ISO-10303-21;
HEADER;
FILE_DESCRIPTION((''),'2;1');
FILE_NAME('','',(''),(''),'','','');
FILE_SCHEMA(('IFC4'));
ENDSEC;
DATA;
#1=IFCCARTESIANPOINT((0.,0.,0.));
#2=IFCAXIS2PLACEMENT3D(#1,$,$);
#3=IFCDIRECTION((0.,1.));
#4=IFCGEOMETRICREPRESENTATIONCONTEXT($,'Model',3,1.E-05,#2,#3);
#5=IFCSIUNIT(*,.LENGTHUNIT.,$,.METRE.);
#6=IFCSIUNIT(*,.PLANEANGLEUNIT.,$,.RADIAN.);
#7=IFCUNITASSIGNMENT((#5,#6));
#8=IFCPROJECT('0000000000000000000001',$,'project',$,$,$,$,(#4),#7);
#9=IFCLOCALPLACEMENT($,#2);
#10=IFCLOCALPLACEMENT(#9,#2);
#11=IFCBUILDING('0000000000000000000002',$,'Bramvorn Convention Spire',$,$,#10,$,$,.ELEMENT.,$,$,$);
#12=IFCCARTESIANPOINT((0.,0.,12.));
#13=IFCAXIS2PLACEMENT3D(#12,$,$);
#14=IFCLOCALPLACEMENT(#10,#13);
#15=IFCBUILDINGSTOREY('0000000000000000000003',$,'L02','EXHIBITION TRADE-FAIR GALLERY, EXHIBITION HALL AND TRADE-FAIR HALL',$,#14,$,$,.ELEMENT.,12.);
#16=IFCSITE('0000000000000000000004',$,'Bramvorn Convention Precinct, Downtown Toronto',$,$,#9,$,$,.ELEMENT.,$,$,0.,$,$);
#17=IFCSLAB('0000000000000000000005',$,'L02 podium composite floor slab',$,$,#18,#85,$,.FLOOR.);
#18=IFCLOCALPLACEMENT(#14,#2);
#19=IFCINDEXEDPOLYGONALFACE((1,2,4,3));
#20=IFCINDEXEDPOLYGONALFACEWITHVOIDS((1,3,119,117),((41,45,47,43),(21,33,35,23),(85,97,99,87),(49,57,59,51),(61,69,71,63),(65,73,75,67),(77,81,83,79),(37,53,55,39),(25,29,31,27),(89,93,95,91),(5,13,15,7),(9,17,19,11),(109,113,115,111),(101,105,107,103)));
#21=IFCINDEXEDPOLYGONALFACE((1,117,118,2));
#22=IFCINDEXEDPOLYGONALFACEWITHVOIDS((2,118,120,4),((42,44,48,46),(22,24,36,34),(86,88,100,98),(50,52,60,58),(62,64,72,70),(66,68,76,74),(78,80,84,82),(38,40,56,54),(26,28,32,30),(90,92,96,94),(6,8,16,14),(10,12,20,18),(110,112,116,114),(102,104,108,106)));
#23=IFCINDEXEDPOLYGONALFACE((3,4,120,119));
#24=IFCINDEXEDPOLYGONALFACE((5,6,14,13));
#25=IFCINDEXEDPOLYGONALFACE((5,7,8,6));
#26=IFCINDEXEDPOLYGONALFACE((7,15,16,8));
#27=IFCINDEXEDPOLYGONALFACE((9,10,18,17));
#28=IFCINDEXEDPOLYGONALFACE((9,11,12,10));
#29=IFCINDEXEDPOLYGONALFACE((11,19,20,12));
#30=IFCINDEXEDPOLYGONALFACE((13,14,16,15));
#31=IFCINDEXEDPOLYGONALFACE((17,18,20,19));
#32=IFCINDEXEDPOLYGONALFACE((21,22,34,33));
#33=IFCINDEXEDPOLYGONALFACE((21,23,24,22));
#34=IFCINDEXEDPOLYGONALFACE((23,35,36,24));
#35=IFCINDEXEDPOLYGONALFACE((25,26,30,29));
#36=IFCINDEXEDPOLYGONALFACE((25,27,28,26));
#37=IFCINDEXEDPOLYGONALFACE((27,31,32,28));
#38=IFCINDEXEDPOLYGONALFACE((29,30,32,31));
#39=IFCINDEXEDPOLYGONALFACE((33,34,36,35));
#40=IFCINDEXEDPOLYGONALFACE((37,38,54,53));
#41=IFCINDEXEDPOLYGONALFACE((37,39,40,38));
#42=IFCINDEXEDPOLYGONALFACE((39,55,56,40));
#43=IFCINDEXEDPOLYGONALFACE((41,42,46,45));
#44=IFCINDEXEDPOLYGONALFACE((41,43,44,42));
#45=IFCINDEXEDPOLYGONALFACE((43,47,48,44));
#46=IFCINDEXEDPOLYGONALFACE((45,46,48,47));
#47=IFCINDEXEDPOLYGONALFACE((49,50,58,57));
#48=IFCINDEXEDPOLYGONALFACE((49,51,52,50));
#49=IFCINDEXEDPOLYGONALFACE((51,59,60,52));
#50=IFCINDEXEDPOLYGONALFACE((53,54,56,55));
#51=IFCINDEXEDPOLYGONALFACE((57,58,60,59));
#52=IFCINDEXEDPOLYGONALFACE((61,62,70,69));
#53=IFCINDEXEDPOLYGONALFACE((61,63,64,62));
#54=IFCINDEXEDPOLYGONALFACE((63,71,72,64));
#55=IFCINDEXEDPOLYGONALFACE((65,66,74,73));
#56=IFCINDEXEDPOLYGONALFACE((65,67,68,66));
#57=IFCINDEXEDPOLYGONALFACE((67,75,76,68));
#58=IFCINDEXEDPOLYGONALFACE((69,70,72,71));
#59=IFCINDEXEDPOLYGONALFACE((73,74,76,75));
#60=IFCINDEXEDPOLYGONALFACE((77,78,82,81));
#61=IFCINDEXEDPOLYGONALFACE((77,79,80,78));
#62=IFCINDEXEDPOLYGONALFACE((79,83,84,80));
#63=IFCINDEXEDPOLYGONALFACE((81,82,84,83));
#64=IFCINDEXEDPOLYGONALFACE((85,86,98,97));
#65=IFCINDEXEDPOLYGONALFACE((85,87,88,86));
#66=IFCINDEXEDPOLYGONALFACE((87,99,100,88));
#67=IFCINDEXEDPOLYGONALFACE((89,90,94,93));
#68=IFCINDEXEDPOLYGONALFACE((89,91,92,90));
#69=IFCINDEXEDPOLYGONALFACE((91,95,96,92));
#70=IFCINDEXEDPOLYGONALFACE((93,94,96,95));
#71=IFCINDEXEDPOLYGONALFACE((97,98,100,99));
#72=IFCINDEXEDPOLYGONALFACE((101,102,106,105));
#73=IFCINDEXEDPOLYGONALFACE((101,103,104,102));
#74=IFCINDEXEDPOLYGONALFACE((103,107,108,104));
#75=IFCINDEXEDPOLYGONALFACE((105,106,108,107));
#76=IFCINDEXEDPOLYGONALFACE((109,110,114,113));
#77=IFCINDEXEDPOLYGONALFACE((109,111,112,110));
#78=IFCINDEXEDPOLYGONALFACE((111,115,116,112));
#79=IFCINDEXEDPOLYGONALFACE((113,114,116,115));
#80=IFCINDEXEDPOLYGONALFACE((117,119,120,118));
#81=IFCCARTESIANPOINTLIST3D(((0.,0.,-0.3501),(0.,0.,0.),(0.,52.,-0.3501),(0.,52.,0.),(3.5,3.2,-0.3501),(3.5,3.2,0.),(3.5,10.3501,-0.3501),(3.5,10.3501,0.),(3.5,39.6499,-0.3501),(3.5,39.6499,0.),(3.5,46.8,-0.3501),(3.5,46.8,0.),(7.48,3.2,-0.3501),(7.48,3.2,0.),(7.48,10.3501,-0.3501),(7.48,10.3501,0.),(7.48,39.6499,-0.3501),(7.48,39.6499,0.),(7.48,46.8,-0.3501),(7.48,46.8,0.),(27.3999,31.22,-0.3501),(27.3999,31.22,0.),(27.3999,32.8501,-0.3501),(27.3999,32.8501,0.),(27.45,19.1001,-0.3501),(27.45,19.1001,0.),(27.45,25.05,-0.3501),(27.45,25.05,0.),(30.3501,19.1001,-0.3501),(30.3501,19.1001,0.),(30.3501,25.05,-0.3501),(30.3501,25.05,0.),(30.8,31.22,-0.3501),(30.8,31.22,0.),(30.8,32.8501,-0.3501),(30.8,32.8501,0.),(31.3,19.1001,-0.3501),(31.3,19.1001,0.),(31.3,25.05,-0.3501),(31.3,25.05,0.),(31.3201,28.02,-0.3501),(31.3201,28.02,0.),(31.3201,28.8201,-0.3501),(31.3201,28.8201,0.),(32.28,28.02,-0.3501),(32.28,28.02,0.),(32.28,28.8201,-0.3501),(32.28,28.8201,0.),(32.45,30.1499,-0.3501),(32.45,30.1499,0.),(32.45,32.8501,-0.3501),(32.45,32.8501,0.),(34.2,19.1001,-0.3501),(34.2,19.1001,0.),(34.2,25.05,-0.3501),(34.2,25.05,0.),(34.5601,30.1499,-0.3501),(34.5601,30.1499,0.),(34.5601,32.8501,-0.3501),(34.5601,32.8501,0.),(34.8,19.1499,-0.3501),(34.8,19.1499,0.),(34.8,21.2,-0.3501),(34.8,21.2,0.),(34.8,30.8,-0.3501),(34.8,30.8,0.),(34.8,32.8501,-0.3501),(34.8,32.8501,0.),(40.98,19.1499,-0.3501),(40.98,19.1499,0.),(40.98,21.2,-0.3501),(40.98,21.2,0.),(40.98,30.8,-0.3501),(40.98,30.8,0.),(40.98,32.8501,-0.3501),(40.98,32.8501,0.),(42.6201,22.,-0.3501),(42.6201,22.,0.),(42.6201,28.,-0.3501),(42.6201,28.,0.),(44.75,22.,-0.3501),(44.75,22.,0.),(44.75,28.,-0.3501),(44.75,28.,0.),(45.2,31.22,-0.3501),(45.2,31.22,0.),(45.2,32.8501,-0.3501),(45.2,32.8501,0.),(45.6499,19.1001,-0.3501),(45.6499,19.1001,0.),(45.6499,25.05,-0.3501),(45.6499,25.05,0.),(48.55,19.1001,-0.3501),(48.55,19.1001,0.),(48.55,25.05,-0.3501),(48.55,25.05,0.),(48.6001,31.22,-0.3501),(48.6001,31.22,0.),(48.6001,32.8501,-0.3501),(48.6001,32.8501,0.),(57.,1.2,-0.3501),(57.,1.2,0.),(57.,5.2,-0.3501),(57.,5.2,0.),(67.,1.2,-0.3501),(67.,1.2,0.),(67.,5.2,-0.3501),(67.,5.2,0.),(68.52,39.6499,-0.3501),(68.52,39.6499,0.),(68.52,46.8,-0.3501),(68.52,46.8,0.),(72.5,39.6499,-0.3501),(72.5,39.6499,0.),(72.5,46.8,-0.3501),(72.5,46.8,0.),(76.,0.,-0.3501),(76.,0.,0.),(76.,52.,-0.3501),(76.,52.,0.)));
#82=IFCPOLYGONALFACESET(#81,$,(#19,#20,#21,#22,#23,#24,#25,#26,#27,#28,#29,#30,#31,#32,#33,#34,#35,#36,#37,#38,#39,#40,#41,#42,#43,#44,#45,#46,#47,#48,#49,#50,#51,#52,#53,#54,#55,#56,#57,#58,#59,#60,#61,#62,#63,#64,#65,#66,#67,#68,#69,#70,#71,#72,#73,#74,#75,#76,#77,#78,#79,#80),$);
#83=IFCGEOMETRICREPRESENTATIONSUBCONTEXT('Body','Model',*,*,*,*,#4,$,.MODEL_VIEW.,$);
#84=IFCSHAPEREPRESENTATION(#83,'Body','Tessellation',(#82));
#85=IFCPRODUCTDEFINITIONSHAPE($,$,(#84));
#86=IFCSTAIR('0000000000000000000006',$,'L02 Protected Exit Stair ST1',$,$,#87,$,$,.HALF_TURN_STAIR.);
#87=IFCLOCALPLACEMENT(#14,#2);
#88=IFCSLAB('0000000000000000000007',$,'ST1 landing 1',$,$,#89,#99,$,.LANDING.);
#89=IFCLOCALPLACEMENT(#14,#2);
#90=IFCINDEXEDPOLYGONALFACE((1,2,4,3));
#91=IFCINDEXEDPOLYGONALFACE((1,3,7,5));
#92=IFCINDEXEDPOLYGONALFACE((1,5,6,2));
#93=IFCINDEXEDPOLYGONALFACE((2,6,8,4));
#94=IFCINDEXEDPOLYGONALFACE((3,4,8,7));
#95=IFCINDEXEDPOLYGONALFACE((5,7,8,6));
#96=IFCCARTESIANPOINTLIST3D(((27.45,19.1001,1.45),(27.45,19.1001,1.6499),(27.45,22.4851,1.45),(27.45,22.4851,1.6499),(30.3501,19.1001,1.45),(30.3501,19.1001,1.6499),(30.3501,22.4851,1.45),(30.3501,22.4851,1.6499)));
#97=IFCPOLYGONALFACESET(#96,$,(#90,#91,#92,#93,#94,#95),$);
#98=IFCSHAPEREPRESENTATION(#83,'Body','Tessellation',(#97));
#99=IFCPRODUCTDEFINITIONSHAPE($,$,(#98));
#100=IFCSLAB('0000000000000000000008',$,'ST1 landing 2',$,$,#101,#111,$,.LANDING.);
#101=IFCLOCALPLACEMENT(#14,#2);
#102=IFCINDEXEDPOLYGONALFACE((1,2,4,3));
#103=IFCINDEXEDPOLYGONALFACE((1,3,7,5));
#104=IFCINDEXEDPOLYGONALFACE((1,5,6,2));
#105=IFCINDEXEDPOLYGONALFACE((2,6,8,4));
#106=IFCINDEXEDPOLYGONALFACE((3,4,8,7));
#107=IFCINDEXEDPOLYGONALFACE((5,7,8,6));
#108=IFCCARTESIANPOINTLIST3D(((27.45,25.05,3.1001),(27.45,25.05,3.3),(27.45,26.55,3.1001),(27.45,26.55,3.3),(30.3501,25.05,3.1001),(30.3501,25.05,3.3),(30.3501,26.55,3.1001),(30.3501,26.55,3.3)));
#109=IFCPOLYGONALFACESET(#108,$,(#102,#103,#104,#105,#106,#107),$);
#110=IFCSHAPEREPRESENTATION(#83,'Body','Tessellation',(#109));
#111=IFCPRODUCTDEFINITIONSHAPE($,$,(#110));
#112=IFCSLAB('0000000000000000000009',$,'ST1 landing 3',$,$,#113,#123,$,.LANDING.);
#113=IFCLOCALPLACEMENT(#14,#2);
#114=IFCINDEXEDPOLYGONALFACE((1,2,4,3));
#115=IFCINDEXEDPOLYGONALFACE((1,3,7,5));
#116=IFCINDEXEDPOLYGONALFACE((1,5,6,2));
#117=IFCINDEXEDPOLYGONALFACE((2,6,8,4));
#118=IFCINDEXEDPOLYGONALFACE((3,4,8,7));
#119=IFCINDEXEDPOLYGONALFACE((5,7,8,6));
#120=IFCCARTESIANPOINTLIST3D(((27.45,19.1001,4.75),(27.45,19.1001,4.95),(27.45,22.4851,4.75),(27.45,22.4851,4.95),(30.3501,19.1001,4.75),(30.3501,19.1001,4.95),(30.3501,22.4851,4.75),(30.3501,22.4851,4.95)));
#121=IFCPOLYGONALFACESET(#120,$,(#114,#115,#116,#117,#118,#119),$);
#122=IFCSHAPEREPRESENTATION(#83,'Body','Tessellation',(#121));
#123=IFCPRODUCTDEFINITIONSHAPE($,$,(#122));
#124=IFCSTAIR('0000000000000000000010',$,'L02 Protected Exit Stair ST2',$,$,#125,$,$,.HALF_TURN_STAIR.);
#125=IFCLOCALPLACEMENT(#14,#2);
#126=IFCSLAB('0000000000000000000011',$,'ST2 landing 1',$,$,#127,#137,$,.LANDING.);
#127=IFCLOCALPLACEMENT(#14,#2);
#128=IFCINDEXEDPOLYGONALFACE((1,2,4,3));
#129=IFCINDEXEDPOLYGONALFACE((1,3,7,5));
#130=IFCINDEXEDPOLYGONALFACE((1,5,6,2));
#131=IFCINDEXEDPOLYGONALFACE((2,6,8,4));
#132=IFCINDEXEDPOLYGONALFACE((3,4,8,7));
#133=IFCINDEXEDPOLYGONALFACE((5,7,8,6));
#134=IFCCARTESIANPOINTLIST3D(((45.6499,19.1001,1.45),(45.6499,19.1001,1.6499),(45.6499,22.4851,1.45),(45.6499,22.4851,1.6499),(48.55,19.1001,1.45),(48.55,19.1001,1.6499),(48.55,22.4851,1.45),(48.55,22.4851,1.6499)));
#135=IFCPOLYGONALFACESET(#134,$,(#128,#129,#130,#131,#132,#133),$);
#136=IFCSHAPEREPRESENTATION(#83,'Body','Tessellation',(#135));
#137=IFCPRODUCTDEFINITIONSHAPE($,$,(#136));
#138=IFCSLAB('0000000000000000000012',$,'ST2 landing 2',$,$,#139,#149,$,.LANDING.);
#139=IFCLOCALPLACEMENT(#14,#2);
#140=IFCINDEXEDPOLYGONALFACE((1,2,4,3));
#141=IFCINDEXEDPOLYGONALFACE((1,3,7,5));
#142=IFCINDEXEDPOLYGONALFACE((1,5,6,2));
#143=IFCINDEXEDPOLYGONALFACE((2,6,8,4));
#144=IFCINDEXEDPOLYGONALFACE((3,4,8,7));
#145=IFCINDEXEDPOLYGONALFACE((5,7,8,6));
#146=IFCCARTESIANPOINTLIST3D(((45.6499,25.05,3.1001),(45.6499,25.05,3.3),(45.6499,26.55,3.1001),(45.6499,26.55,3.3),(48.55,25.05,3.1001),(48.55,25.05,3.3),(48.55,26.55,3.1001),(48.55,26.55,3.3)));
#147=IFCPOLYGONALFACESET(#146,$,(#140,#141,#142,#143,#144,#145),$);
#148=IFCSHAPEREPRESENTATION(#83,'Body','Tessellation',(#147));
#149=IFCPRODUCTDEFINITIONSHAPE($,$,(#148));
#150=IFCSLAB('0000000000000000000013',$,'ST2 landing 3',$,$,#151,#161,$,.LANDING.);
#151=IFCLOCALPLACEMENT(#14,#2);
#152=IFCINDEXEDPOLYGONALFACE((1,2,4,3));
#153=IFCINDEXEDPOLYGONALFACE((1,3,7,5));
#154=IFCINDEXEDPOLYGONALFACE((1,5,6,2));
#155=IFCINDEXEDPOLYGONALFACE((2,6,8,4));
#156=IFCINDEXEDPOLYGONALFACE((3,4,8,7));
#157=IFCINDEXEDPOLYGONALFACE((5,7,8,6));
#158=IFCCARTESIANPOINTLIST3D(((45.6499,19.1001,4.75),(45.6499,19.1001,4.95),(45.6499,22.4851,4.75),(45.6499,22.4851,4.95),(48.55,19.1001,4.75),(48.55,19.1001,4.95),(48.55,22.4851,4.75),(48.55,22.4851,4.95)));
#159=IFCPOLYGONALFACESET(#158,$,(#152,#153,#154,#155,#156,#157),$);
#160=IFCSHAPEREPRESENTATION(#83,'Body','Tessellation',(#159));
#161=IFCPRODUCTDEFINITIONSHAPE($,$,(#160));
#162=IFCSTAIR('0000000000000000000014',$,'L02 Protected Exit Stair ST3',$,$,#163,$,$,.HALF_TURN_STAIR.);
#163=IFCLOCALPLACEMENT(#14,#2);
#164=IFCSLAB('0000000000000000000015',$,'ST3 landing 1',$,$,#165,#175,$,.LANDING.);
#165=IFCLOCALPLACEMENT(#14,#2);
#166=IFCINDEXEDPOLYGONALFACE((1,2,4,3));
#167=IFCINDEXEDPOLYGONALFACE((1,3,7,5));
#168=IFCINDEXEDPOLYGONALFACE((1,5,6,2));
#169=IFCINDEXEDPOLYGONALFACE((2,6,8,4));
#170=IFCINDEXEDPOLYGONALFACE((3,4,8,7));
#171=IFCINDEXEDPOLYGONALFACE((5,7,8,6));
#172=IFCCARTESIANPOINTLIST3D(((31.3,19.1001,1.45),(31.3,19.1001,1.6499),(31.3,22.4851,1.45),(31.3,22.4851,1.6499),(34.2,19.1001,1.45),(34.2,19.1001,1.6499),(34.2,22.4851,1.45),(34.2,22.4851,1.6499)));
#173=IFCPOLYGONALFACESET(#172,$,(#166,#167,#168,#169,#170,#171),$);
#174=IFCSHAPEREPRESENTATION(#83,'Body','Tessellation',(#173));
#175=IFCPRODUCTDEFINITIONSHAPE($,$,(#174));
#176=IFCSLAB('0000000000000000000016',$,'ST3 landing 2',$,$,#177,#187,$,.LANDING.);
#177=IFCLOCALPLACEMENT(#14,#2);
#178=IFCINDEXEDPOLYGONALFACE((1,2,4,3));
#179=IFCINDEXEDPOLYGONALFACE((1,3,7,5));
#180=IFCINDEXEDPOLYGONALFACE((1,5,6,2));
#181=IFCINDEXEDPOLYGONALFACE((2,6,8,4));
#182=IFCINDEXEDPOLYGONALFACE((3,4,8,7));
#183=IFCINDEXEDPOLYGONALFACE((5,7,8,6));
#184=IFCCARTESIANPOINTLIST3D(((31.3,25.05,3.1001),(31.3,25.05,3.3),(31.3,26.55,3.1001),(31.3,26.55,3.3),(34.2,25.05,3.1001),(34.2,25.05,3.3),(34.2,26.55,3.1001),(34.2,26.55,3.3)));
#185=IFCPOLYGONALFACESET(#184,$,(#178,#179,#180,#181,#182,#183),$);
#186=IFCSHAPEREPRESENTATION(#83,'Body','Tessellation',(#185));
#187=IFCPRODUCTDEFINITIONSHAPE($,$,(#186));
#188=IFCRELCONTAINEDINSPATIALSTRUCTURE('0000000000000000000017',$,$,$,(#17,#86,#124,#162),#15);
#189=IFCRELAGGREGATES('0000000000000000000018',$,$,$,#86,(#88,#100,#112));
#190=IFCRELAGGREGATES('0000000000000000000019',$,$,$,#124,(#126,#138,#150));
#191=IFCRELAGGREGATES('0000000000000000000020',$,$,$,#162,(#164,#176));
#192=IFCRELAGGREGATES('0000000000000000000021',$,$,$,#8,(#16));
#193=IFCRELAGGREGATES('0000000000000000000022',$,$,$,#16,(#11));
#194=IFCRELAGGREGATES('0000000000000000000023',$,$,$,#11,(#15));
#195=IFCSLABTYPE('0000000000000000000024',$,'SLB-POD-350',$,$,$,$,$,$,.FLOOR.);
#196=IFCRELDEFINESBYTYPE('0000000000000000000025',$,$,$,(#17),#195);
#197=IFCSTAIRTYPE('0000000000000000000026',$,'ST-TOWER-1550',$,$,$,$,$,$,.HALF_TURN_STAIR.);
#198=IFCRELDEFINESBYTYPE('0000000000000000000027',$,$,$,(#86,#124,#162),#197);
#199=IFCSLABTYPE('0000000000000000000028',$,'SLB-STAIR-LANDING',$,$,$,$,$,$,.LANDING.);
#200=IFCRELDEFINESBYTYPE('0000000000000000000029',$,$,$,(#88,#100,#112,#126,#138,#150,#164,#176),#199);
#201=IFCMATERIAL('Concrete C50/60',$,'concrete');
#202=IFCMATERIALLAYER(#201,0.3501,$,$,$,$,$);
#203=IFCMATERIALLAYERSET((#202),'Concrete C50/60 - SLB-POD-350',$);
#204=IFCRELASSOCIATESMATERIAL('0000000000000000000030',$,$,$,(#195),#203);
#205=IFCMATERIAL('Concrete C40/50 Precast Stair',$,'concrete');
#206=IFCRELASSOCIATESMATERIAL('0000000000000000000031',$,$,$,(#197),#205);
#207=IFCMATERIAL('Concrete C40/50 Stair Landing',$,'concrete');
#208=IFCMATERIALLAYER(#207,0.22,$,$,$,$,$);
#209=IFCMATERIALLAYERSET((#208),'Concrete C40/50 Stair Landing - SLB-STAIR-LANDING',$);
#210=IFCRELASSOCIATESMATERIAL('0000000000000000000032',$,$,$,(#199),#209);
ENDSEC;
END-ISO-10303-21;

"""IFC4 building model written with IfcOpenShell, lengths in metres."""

from ifc_helpers import new_model, si_unit, direction, frame, origin, place, context, subcontext, project, spatial, polyline, outline, extrude, material, layer, layer_set, type_object, element, aggregate, save


model = new_model("IFC4")

# Units and contexts
model_context = context("Model", 3, precision=1e-05, world=origin(), true_north=direction((0.0, 1.0)))
body_context = subcontext(model_context, "Body", "Model", "MODEL_VIEW")
ifc_project = project(units=[si_unit("LENGTHUNIT", "METRE"), si_unit("PLANEANGLEUNIT", "RADIAN")], contexts=[model_context])

# Site, building, storey
site_placement = place(None, origin())
site = spatial("IfcSite", under=ifc_project, at=site_placement, Name="Bramvorn Convention Precinct, Downtown Toronto", CompositionType="ELEMENT", RefElevation=0.0)
building_placement = place(site_placement, origin())
building = spatial("IfcBuilding", under=site, at=building_placement, Name="Bramvorn Convention Spire", CompositionType="ELEMENT")
storey_placement = place(building_placement, frame((0.0, 0.0, 12.0)))
storey = spatial("IfcBuildingStorey", under=building, at=storey_placement, Name="L02", Description="EXHIBITION TRADE-FAIR GALLERY, EXHIBITION HALL AND TRADE-FAIR HALL", CompositionType="ELEMENT", Elevation=12.0)

# Shared definitions
ifc_material_1 = material(Name="Concrete C50/60", Category="concrete")

# Slab
ifc_layer_1 = layer(ifc_material_1, 0.3501)
ifc_layer_set_1 = layer_set([ifc_layer_1], Name="Concrete C50/60 - SLB-POD-350")
slab_type_1 = type_object("IfcSlabType", Name="SLB-POD-350", PredefinedType="FLOOR", material=ifc_layer_set_1)
slab_1_placement = place(storey_placement, frame((0.0, 0.0, -0.3501)))
element("IfcSlab", 1, at=slab_1_placement, inside=storey, type_object=slab_type_1, Name="L02 podium composite floor slab", PredefinedType="FLOOR", context=body_context, shape_type="SweptSolid", body=[
    extrude(outline(polyline([(0.0, 0.0), (76.0, 0.0), (76.0, 52.0), (0.0, 52.0), (0.0, 0.0)]), holes=[polyline([(27.45, 25.05), (27.45, 19.1001), (30.3501, 19.1001), (30.3501, 25.05), (27.45, 25.05)]), polyline([(45.6499, 25.05), (45.6499, 19.1001), (48.55, 19.1001), (48.55, 25.05), (45.6499, 25.05)]), polyline([(31.3, 25.05), (31.3, 19.1001), (34.2, 19.1001), (34.2, 25.05), (31.3, 25.05)]), polyline([(3.5, 10.3501), (3.5, 3.2), (7.48, 3.2), (7.48, 10.3501), (3.5, 10.3501)]), polyline([(68.52, 46.8), (68.52, 39.6499), (72.5, 39.6499), (72.5, 46.8), (68.52, 46.8)]), polyline([(3.5, 46.8), (3.5, 39.6499), (7.48, 39.6499), (7.48, 46.8), (3.5, 46.8)]), polyline([(27.3999, 31.22), (30.8, 31.22), (30.8, 32.8501), (27.3999, 32.8501), (27.3999, 31.22)]), polyline([(45.2, 31.22), (48.6001, 31.22), (48.6001, 32.8501), (45.2, 32.8501), (45.2, 31.22)]), polyline([(32.45, 30.1499), (34.5601, 30.1499), (34.5601, 32.8501), (32.45, 32.8501), (32.45, 30.1499)]), polyline([(34.8, 30.8), (40.98, 30.8), (40.98, 32.8501), (34.8, 32.8501), (34.8, 30.8)]), polyline([(34.8, 19.1499), (40.98, 19.1499), (40.98, 21.2), (34.8, 21.2), (34.8, 19.1499)]), polyline([(42.6201, 22.0), (44.75, 22.0), (44.75, 28.0), (42.6201, 28.0), (42.6201, 22.0)]), polyline([(31.3201, 28.02), (32.28, 28.02), (32.28, 28.8201), (31.3201, 28.8201), (31.3201, 28.02)]), polyline([(57.0, 1.2), (67.0, 1.2), (67.0, 5.2), (57.0, 5.2), (57.0, 1.2)])]), origin(), (0.0, 0.0, 1.0), 0.3501),
])

# Stairs, slabs
ifc_material_2 = material(Name="Concrete C40/50 Precast Stair", Category="concrete")
stair_type_1 = type_object("IfcStairType", Name="ST-TOWER-1550", PredefinedType="HALF_TURN_STAIR", material=ifc_material_2)
stair_1_placement = place(storey_placement, origin())
stair_1 = element("IfcStair", 2, at=stair_1_placement, inside=storey, type_object=stair_type_1, Name="L02 Protected Exit Stair ST1", PredefinedType="HALF_TURN_STAIR")
ifc_material_3 = material(Name="Concrete C40/50 Stair Landing", Category="concrete")
ifc_layer_2 = layer(ifc_material_3, 0.22)
ifc_layer_set_2 = layer_set([ifc_layer_2], Name="Concrete C40/50 Stair Landing - SLB-STAIR-LANDING")
slab_type_2 = type_object("IfcSlabType", Name="SLB-STAIR-LANDING", PredefinedType="LANDING", material=ifc_layer_set_2)
slab_2_placement = place(storey_placement, frame((0.0, 0.0, 1.45)))
slab_2 = element("IfcSlab", 3, at=slab_2_placement, type_object=slab_type_2, Name="ST1 landing 1", PredefinedType="LANDING", context=body_context, shape_type="SweptSolid", body=[
    extrude(outline(polyline([(27.45, 22.4851), (27.45, 19.1001), (30.3501, 19.1001), (30.3501, 22.4851), (27.45, 22.4851)])), origin(), (0.0, 0.0, 1.0), 0.2),
])
slab_3_placement = place(storey_placement, frame((0.0, 0.0, 3.1001)))
slab_3 = element("IfcSlab", 4, at=slab_3_placement, type_object=slab_type_2, Name="ST1 landing 2", PredefinedType="LANDING", context=body_context, shape_type="SweptSolid", body=[
    extrude(outline(polyline([(27.45, 26.55), (27.45, 25.05), (30.3501, 25.05), (30.3501, 26.55), (27.45, 26.55)])), origin(), (0.0, 0.0, 1.0), 0.2),
])
slab_4_placement = place(storey_placement, frame((0.0, 0.0, 4.75)))
slab_4 = element("IfcSlab", 5, at=slab_4_placement, type_object=slab_type_2, Name="ST1 landing 3", PredefinedType="LANDING", context=body_context, shape_type="SweptSolid", body=[
    extrude(outline(polyline([(27.45, 22.4851), (27.45, 19.1001), (30.3501, 19.1001), (30.3501, 22.4851), (27.45, 22.4851)])), origin(), (0.0, 0.0, 1.0), 0.2),
])
aggregate(stair_1, [slab_2, slab_3, slab_4])
stair_2_placement = place(storey_placement, origin())
stair_2 = element("IfcStair", 6, at=stair_2_placement, inside=storey, type_object=stair_type_1, Name="L02 Protected Exit Stair ST2", PredefinedType="HALF_TURN_STAIR")
slab_5_placement = place(storey_placement, frame((0.0, 0.0, 1.45)))
slab_5 = element("IfcSlab", 7, at=slab_5_placement, type_object=slab_type_2, Name="ST2 landing 1", PredefinedType="LANDING", context=body_context, shape_type="SweptSolid", body=[
    extrude(outline(polyline([(45.6499, 22.4851), (45.6499, 19.1001), (48.55, 19.1001), (48.55, 22.4851), (45.6499, 22.4851)])), origin(), (0.0, 0.0, 1.0), 0.2),
])
slab_6_placement = place(storey_placement, frame((0.0, 0.0, 3.1001)))
slab_6 = element("IfcSlab", 8, at=slab_6_placement, type_object=slab_type_2, Name="ST2 landing 2", PredefinedType="LANDING", context=body_context, shape_type="SweptSolid", body=[
    extrude(outline(polyline([(45.6499, 26.55), (45.6499, 25.05), (48.55, 25.05), (48.55, 26.55), (45.6499, 26.55)])), origin(), (0.0, 0.0, 1.0), 0.2),
])
slab_7_placement = place(storey_placement, frame((0.0, 0.0, 4.75)))
slab_7 = element("IfcSlab", 9, at=slab_7_placement, type_object=slab_type_2, Name="ST2 landing 3", PredefinedType="LANDING", context=body_context, shape_type="SweptSolid", body=[
    extrude(outline(polyline([(45.6499, 22.4851), (45.6499, 19.1001), (48.55, 19.1001), (48.55, 22.4851), (45.6499, 22.4851)])), origin(), (0.0, 0.0, 1.0), 0.2),
])
aggregate(stair_2, [slab_5, slab_6, slab_7])
stair_3_placement = place(storey_placement, origin())
stair_3 = element("IfcStair", 10, at=stair_3_placement, inside=storey, type_object=stair_type_1, Name="L02 Protected Exit Stair ST3", PredefinedType="HALF_TURN_STAIR")
slab_8_placement = place(storey_placement, frame((0.0, 0.0, 1.45)))
slab_8 = element("IfcSlab", 11, at=slab_8_placement, type_object=slab_type_2, Name="ST3 landing 1", PredefinedType="LANDING", context=body_context, shape_type="SweptSolid", body=[
    extrude(outline(polyline([(31.3, 22.4851), (31.3, 19.1001), (34.2, 19.1001), (34.2, 22.4851), (31.3, 22.4851)])), origin(), (0.0, 0.0, 1.0), 0.2),
])
slab_9_placement = place(storey_placement, frame((0.0, 0.0, 3.1001)))
slab_9 = element("IfcSlab", 12, at=slab_9_placement, type_object=slab_type_2, Name="ST3 landing 2", PredefinedType="LANDING", context=body_context, shape_type="SweptSolid", body=[
    extrude(outline(polyline([(31.3, 26.55), (31.3, 25.05), (34.2, 25.05), (34.2, 26.55), (31.3, 26.55)])), origin(), (0.0, 0.0, 1.0), 0.2),
])
aggregate(stair_3, [slab_8, slab_9])

save(model, "model.ifc")
